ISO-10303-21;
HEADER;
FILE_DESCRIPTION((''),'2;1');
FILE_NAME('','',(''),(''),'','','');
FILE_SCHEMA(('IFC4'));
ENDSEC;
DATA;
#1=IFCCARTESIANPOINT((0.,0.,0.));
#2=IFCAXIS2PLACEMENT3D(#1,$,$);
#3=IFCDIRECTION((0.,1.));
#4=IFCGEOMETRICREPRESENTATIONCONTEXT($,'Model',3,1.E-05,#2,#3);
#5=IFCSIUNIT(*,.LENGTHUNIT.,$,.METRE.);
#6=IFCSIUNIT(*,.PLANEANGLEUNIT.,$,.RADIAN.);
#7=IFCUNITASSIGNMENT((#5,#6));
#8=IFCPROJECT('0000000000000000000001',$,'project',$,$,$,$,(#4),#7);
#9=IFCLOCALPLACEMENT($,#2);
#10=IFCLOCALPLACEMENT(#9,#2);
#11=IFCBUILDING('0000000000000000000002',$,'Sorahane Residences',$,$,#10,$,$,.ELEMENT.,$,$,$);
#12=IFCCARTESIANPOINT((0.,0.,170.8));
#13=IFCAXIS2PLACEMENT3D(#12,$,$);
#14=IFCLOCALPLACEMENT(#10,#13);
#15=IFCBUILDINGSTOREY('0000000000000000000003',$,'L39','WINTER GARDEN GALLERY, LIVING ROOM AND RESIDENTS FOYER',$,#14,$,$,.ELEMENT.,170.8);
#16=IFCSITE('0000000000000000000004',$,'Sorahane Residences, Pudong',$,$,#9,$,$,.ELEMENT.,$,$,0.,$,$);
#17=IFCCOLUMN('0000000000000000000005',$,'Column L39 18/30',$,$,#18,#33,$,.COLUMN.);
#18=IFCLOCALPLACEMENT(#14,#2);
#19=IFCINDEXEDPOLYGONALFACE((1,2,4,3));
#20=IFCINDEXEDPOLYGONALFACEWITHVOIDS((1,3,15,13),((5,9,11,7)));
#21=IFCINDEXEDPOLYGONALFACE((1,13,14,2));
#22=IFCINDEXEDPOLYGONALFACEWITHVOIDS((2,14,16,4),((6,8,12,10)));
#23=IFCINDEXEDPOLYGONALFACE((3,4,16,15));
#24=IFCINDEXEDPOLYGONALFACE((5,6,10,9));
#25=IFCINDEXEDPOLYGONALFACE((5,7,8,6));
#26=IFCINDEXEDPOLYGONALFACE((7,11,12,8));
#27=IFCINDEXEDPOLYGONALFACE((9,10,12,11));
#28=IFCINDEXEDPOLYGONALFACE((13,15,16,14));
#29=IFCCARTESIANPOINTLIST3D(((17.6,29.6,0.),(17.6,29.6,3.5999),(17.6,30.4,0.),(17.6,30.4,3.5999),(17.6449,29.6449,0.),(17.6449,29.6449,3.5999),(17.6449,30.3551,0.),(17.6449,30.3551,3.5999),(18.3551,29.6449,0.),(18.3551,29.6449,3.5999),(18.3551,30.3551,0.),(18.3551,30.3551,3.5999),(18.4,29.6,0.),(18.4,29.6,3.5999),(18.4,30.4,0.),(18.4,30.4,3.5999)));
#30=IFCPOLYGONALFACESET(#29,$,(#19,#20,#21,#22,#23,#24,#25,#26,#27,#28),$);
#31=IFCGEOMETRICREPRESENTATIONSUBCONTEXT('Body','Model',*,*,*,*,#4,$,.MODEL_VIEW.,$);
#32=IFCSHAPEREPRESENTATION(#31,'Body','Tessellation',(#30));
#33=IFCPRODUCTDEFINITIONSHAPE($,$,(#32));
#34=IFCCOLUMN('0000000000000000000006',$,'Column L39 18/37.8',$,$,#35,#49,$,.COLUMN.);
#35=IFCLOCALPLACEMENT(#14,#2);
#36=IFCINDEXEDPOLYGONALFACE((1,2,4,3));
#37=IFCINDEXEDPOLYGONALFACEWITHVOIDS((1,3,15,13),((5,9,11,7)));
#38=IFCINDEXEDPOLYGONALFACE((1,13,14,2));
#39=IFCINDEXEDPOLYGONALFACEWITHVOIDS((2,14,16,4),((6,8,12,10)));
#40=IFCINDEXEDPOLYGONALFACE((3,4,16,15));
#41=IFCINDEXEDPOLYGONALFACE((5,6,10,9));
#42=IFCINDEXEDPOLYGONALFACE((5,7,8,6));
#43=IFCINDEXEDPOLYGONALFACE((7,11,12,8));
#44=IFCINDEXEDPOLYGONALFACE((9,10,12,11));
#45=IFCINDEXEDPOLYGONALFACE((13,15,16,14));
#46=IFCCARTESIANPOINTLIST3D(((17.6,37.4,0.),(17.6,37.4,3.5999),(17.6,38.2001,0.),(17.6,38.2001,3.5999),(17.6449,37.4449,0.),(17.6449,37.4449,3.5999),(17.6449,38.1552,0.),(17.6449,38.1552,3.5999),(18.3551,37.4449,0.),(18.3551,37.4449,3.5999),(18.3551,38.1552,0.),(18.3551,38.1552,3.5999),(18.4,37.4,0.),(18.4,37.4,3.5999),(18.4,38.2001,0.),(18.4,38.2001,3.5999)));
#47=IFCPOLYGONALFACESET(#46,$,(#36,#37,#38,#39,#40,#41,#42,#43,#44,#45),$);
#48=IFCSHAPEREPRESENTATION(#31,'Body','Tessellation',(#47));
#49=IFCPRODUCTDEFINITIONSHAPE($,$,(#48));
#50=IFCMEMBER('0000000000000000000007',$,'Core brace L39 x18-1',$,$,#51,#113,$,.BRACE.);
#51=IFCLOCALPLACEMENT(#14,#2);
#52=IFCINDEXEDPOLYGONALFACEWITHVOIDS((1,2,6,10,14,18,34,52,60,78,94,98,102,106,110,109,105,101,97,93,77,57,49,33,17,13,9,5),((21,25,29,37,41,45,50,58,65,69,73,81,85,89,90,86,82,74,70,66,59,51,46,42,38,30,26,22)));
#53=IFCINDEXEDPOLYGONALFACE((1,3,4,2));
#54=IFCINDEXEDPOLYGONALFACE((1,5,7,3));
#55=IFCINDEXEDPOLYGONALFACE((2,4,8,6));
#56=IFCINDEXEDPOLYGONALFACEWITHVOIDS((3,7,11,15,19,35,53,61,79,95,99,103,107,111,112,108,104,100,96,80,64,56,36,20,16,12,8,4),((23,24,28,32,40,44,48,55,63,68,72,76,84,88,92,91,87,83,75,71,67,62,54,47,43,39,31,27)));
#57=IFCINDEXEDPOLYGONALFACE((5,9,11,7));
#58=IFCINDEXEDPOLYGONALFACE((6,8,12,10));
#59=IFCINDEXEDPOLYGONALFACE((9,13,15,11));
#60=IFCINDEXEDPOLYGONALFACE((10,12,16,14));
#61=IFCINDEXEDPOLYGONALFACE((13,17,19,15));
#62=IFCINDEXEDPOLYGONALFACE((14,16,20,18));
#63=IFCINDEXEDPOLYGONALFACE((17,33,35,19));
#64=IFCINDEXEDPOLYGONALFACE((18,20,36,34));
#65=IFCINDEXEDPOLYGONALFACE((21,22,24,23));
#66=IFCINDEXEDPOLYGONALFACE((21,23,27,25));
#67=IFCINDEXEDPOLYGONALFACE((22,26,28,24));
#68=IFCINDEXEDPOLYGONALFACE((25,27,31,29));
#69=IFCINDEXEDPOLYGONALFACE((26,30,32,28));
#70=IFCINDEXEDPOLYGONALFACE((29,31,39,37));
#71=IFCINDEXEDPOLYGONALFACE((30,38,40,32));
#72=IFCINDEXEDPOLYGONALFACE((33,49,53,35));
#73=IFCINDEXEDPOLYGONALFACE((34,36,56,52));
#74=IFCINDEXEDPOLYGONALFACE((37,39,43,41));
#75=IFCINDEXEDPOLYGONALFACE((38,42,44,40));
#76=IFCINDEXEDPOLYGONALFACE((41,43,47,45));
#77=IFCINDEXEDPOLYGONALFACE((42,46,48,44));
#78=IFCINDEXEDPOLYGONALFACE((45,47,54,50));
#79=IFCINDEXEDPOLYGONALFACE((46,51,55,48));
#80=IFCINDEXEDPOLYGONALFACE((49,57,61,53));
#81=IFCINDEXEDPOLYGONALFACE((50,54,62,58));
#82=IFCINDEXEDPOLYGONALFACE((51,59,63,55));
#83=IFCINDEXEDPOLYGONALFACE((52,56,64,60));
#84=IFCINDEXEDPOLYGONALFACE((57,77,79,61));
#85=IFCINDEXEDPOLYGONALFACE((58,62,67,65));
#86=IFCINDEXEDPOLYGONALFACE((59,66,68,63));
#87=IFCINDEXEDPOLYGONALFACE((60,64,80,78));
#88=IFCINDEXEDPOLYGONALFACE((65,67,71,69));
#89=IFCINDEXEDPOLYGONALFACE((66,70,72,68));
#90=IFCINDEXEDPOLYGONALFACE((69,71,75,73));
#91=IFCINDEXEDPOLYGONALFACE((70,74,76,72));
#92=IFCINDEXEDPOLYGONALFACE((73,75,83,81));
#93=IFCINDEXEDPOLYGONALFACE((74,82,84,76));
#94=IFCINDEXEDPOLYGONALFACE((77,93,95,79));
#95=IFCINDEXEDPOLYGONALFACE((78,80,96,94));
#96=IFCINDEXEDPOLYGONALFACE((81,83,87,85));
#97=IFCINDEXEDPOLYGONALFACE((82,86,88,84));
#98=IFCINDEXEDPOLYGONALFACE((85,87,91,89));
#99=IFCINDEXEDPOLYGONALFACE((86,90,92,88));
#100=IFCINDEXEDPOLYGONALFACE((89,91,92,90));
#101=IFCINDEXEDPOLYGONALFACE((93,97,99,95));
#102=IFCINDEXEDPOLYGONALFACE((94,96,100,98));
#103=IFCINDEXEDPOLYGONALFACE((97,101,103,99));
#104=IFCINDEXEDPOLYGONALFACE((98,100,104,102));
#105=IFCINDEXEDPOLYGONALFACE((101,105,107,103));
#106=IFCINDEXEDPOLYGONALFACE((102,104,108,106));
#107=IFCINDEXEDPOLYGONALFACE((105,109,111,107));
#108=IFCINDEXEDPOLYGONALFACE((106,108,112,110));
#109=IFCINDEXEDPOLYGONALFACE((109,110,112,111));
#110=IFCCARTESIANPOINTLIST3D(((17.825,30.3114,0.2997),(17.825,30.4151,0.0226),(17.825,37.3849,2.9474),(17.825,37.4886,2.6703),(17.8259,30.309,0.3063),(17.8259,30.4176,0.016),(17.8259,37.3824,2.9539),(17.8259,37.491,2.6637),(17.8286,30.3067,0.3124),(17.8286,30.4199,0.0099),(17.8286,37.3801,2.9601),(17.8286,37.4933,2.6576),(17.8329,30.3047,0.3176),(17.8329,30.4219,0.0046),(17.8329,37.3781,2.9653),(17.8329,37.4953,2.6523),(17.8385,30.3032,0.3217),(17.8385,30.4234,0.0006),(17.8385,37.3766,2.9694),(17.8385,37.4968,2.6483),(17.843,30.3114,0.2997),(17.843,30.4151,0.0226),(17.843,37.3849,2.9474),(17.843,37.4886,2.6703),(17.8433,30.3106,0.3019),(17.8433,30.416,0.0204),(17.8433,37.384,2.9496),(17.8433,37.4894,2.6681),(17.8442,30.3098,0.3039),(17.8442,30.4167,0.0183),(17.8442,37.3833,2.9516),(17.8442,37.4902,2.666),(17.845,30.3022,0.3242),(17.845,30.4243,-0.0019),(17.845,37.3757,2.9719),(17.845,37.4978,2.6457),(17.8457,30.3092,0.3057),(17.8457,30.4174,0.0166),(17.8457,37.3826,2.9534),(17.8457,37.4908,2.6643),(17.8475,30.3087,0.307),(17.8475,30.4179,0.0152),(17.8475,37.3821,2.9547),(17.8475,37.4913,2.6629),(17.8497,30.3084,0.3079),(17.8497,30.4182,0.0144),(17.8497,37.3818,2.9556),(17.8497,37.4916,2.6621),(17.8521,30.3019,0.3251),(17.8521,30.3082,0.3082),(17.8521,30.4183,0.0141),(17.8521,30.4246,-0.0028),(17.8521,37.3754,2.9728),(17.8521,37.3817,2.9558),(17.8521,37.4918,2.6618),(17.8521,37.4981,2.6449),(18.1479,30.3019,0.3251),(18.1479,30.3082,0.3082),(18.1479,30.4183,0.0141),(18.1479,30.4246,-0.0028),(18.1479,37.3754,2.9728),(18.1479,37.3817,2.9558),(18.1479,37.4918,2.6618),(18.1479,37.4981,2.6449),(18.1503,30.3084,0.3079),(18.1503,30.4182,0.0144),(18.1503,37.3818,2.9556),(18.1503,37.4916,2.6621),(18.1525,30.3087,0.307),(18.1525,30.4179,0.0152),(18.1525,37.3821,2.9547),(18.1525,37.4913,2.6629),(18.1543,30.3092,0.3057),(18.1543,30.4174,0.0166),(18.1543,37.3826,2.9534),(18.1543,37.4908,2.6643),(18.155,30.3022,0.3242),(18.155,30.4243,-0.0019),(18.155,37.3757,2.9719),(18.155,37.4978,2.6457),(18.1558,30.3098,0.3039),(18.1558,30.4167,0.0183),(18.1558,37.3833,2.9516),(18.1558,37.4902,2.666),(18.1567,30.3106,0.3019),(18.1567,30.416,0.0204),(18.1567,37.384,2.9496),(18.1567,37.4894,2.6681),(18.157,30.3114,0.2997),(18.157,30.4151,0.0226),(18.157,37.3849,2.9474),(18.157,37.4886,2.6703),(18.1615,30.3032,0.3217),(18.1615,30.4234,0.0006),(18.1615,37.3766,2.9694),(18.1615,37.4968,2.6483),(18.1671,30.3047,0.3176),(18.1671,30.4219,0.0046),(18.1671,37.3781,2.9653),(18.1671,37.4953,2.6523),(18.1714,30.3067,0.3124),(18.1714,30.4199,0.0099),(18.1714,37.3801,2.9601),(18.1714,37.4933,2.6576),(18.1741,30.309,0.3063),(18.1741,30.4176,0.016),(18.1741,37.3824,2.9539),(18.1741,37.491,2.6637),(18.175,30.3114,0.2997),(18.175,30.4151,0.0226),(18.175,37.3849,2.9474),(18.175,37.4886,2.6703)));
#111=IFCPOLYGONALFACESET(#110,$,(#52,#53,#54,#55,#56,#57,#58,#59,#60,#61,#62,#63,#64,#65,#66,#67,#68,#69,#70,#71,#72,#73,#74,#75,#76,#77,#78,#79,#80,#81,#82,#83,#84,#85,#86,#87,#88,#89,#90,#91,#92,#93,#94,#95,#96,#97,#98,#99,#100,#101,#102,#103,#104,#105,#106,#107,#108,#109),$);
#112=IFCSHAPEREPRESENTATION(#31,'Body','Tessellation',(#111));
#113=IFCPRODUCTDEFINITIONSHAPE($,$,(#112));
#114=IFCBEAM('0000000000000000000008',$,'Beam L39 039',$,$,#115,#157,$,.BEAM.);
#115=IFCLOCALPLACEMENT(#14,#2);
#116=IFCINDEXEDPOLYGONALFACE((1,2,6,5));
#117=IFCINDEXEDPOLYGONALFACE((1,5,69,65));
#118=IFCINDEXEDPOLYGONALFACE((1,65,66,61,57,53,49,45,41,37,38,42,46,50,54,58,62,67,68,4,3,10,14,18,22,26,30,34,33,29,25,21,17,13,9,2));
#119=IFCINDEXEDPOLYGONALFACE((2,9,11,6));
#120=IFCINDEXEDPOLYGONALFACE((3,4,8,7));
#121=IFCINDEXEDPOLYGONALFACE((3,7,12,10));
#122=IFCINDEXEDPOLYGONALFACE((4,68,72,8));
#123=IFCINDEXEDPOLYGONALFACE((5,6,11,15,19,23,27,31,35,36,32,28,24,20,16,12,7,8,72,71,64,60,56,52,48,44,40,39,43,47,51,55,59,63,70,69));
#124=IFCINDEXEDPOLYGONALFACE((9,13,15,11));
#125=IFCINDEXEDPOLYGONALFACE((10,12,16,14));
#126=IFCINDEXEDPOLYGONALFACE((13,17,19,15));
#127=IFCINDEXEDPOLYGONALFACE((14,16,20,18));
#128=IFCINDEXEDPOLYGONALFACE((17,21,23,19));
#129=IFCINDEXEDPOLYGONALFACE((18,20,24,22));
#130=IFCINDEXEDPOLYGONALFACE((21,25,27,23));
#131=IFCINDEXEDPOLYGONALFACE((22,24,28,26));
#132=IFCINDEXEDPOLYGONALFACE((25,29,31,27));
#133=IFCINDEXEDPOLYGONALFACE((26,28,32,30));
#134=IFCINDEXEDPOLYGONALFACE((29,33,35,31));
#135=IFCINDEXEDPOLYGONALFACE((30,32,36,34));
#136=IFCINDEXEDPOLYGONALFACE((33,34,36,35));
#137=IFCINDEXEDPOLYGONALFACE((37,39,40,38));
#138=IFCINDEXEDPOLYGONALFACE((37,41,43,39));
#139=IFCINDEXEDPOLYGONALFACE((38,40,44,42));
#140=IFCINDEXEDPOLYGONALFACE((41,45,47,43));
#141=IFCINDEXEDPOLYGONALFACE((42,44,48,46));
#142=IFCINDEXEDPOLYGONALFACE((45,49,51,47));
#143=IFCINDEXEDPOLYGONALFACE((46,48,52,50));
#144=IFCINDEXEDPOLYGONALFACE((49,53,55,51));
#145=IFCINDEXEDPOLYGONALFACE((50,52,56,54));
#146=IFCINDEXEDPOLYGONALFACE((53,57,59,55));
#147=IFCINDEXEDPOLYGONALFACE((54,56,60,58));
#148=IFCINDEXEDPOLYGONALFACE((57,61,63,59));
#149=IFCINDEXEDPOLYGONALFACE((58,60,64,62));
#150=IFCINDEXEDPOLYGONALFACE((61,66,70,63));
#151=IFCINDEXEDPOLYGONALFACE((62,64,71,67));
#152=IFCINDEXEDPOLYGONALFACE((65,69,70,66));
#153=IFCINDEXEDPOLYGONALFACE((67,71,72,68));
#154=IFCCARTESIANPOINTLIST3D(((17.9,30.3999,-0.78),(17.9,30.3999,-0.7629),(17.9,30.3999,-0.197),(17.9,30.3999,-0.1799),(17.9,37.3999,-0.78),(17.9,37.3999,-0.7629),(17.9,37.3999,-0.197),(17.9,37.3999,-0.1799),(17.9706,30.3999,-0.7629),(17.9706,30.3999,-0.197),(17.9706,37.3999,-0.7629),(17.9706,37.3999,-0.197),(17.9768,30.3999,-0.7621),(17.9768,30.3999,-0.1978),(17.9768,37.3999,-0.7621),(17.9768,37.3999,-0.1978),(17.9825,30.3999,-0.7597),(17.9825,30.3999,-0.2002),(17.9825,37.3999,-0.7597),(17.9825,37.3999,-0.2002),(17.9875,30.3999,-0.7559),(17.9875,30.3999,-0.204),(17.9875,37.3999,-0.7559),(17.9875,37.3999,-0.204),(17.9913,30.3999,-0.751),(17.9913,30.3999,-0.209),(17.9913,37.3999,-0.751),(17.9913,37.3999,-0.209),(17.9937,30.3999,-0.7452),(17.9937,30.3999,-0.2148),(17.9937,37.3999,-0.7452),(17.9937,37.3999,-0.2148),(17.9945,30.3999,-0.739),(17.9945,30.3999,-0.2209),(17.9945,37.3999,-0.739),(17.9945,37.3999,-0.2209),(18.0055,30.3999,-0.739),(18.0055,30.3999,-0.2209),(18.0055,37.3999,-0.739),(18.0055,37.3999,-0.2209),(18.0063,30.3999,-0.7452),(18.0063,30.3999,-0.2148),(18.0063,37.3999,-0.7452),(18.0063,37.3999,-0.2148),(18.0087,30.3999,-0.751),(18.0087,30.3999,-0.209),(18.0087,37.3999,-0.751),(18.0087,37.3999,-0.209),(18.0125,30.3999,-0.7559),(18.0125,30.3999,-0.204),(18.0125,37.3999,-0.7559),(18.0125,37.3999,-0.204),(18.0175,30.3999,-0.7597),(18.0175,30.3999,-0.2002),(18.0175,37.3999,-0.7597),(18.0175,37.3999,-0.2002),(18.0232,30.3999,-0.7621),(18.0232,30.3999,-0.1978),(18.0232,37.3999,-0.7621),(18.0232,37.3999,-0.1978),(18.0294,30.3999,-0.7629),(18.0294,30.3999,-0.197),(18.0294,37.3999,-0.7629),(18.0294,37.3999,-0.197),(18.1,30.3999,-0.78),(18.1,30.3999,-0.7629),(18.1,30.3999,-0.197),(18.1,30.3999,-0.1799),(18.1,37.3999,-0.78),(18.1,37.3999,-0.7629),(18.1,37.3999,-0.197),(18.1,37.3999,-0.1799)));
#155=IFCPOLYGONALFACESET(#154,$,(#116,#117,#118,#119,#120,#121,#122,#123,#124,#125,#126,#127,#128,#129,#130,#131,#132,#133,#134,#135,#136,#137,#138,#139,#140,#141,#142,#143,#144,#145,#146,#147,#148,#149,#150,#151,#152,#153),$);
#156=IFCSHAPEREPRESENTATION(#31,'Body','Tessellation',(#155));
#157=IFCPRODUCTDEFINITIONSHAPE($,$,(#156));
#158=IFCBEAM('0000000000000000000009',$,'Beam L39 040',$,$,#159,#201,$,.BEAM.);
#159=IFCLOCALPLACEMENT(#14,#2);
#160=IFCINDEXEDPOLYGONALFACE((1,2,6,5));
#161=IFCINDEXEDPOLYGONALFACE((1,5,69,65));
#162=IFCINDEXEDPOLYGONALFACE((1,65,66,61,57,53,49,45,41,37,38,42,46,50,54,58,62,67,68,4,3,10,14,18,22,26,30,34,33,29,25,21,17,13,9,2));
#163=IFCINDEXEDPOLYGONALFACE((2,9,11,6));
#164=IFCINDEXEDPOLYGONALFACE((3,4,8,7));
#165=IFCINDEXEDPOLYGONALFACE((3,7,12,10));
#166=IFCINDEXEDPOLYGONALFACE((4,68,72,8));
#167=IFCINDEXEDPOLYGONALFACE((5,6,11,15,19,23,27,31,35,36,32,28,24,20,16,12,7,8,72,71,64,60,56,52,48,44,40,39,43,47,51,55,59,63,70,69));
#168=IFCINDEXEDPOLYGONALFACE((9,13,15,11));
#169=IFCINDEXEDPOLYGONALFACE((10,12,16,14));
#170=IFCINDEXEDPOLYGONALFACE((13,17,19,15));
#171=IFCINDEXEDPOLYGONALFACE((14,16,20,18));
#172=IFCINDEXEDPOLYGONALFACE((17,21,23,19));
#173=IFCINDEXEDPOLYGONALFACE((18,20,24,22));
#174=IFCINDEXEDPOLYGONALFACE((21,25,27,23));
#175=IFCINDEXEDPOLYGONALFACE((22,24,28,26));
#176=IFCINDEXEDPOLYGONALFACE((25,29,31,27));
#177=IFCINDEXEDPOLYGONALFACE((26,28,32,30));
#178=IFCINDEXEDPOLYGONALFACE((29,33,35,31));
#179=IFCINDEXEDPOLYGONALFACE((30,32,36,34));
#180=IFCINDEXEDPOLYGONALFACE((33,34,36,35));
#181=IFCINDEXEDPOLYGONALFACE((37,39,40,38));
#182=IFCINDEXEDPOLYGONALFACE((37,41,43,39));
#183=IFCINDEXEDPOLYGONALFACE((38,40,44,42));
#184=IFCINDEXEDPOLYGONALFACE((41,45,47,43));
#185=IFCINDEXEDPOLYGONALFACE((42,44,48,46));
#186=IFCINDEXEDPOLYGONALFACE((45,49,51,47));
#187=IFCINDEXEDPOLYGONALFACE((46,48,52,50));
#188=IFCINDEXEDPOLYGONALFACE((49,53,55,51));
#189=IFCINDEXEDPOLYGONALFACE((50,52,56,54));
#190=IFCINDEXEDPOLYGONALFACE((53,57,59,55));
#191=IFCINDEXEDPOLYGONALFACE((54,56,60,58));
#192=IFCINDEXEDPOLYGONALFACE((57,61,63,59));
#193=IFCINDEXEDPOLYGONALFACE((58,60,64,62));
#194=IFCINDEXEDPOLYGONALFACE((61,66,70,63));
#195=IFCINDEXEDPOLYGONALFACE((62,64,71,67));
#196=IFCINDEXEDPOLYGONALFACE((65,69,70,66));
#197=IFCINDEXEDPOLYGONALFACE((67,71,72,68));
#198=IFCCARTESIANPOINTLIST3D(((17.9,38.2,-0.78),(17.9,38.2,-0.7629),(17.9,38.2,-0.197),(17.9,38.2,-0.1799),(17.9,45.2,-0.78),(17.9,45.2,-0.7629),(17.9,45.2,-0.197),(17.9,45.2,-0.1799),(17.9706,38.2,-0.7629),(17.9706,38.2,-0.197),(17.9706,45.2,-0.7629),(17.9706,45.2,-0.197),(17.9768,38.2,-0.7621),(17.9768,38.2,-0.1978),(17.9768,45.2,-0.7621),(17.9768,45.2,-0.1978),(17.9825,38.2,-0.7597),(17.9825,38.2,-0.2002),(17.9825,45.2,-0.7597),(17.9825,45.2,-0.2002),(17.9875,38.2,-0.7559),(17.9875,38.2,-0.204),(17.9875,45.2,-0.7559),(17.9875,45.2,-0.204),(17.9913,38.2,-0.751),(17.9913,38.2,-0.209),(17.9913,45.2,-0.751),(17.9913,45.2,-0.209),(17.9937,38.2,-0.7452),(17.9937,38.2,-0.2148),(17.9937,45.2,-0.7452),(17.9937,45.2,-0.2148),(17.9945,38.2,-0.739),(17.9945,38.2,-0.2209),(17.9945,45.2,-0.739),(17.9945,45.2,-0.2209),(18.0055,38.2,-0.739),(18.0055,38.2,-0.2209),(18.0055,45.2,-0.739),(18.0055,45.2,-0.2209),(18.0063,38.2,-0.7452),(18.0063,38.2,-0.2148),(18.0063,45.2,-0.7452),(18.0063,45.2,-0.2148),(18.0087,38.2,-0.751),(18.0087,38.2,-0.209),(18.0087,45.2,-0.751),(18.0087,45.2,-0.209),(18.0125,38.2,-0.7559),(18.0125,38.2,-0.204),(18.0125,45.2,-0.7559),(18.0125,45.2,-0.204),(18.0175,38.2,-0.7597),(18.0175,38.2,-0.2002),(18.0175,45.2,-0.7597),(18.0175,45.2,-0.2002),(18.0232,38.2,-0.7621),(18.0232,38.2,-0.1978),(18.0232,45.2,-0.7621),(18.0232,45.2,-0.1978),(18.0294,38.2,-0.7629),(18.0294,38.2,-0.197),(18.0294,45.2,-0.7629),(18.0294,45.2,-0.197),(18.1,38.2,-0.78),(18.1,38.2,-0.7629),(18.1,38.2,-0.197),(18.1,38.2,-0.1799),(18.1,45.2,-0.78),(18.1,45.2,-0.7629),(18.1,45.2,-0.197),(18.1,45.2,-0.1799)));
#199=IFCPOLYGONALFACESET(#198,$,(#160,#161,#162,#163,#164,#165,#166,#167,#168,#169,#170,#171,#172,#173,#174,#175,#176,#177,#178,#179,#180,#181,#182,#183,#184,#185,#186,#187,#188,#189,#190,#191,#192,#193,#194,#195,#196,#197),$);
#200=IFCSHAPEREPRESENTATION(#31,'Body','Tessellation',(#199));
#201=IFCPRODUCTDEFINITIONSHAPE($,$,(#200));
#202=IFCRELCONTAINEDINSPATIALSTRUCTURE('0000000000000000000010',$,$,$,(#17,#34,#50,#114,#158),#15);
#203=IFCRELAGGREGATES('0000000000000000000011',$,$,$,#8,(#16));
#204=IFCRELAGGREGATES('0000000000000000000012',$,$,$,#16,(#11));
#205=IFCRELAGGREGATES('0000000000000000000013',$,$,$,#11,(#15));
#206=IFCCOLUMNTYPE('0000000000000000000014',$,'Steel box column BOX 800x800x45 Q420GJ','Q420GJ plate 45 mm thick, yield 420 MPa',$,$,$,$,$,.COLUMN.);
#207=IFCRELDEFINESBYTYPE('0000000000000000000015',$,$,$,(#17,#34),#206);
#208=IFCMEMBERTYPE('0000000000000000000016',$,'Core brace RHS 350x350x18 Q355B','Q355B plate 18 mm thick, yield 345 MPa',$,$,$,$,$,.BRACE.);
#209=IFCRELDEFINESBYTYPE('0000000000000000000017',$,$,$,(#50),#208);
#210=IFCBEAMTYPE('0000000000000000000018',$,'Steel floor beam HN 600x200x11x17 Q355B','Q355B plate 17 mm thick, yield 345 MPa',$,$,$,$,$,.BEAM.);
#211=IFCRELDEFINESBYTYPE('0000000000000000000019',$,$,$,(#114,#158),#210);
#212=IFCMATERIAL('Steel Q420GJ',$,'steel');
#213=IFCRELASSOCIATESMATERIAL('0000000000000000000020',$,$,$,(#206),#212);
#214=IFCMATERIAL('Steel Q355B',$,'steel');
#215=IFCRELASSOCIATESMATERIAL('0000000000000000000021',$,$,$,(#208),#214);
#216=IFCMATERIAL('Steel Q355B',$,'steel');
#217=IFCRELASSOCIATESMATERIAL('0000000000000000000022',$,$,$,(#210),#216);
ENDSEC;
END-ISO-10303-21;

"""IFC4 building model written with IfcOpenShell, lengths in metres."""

from ifc_helpers import new_model, si_unit, direction, frame, origin, origin_2d, place, context, subcontext, project, spatial, hollow_rectangle, i_section, extrude, material, material_profile, profile_set, type_object, element, save


model = new_model("IFC4")

# Units and contexts
model_context = context("Model", 3, precision=1e-05, world=origin(), true_north=direction((0.0, 1.0)))
body_context = subcontext(model_context, "Body", "Model", "MODEL_VIEW")
ifc_project = project(units=[si_unit("LENGTHUNIT", "METRE"), si_unit("PLANEANGLEUNIT", "RADIAN")], contexts=[model_context])

# Site, building, storey
site_placement = place(None, origin())
site = spatial("IfcSite", under=ifc_project, at=site_placement, Name="Sorahane Residences, Pudong", CompositionType="ELEMENT", RefElevation=0.0)
building_placement = place(site_placement, origin())
building = spatial("IfcBuilding", under=site, at=building_placement, Name="Sorahane Residences", CompositionType="ELEMENT")
storey_placement = place(building_placement, frame((0.0, 0.0, 170.8)))
storey = spatial("IfcBuildingStorey", under=building, at=storey_placement, Name="L39", Description="WINTER GARDEN GALLERY, LIVING ROOM AND RESIDENTS FOYER", CompositionType="ELEMENT", Elevation=170.8)

# Columns
ifc_material_1 = material(Name="Steel Q420GJ", Category="steel")
ifc_material_profile_1 = material_profile(ifc_material_1, hollow_rectangle(XDim=0.8, YDim=0.8, WallThickness=0.0449, at=origin_2d()), Name="BOX 800x800x45")
ifc_profile_set_1 = profile_set([ifc_material_profile_1], Name="Steel Q420GJ")
column_type = type_object("IfcColumnType", Name="Steel box column BOX 800x800x45 Q420GJ", Description="Q420GJ plate 45 mm thick, yield 420 MPa", PredefinedType="COLUMN", material=ifc_profile_set_1)
for number, where, z_axis, x_axis, name in (
    (1, (18.0, 30.0, 0.0), (0.0, 0.0, 1.0), (1.0, 0.0, 0.0), "Column L39 18/30"),
    (2, (18.0, 37.8, 0.0), (0.0, 0.0, 1.0), (1.0, 0.0, 0.0), "Column L39 18/37.8"),
):
    element("IfcColumn", number, at=place(storey_placement, frame(where, z_axis=z_axis, x_axis=x_axis)), inside=storey, type_object=column_type, Name=name, PredefinedType="COLUMN", context=body_context, shape_type="SweptSolid", body=[
        extrude(hollow_rectangle(XDim=0.8, YDim=0.8, WallThickness=0.0449, at=origin_2d()), origin(), (0.0, 0.0, 1.0), 3.5999),
    ])

# Member
ifc_material_2 = material(Name="Steel Q355B", Category="steel")
ifc_material_profile_2 = material_profile(ifc_material_2, hollow_rectangle(XDim=0.3501, YDim=0.3501, WallThickness=0.0181, InnerFilletRadius=0.009, OuterFilletRadius=0.0271, at=origin_2d()), Name="RHS 350x350x18")
ifc_profile_set_2 = profile_set([ifc_material_profile_2], Name="Steel Q355B")
member_type = type_object("IfcMemberType", Name="Core brace RHS 350x350x18 Q355B", Description="Q355B plate 18 mm thick, yield 345 MPa", PredefinedType="BRACE", material=ifc_profile_set_2)
member_placement = place(storey_placement, frame((18.0, 30.3633, 0.1611), z_axis=(0.0, 0.93654, 0.35056), x_axis=(-1.0, 0.0, 0.0)))
element("IfcMember", 3, at=member_placement, inside=storey, type_object=member_type, Name="Core brace L39 x18-1", PredefinedType="BRACE", context=body_context, shape_type="SweptSolid", body=[
    extrude(hollow_rectangle(XDim=0.3501, YDim=0.3501, WallThickness=0.0181, InnerFilletRadius=0.009, OuterFilletRadius=0.0271, at=origin_2d()), origin(), (0.0, 0.0, 1.0), 7.5527),
])

# Beams
ifc_material_3 = material(Name="Steel Q355B", Category="steel")
ifc_material_profile_3 = material_profile(ifc_material_3, i_section(OverallWidth=0.2, OverallDepth=0.6001, WebThickness=0.011, FlangeThickness=0.0171, FilletRadius=0.0239, at=origin_2d()), Name="HN 600x200x11x17")
ifc_profile_set_3 = profile_set([ifc_material_profile_3], Name="Steel Q355B")
beam_type = type_object("IfcBeamType", Name="Steel floor beam HN 600x200x11x17 Q355B", Description="Q355B plate 17 mm thick, yield 345 MPa", PredefinedType="BEAM", material=ifc_profile_set_3)
for number, where, z_axis, x_axis, name in (
    (4, (18.0, 30.3999, -0.48), (0.0, 1.0, 0.0), (-1.0, 0.0, 0.0), "Beam L39 039"),
    (5, (18.0, 38.2, -0.48), (0.0, 1.0, 0.0), (-1.0, 0.0, 0.0), "Beam L39 040"),
):
    element("IfcBeam", number, at=place(storey_placement, frame(where, z_axis=z_axis, x_axis=x_axis)), inside=storey, type_object=beam_type, Name=name, PredefinedType="BEAM", context=body_context, shape_type="SweptSolid", body=[
        extrude(i_section(OverallWidth=0.2, OverallDepth=0.6001, WebThickness=0.011, FlangeThickness=0.0171, FilletRadius=0.0239, at=origin_2d()), origin(), (0.0, 0.0, 1.0), 7.0),
    ])

save(model, "model.ifc")
